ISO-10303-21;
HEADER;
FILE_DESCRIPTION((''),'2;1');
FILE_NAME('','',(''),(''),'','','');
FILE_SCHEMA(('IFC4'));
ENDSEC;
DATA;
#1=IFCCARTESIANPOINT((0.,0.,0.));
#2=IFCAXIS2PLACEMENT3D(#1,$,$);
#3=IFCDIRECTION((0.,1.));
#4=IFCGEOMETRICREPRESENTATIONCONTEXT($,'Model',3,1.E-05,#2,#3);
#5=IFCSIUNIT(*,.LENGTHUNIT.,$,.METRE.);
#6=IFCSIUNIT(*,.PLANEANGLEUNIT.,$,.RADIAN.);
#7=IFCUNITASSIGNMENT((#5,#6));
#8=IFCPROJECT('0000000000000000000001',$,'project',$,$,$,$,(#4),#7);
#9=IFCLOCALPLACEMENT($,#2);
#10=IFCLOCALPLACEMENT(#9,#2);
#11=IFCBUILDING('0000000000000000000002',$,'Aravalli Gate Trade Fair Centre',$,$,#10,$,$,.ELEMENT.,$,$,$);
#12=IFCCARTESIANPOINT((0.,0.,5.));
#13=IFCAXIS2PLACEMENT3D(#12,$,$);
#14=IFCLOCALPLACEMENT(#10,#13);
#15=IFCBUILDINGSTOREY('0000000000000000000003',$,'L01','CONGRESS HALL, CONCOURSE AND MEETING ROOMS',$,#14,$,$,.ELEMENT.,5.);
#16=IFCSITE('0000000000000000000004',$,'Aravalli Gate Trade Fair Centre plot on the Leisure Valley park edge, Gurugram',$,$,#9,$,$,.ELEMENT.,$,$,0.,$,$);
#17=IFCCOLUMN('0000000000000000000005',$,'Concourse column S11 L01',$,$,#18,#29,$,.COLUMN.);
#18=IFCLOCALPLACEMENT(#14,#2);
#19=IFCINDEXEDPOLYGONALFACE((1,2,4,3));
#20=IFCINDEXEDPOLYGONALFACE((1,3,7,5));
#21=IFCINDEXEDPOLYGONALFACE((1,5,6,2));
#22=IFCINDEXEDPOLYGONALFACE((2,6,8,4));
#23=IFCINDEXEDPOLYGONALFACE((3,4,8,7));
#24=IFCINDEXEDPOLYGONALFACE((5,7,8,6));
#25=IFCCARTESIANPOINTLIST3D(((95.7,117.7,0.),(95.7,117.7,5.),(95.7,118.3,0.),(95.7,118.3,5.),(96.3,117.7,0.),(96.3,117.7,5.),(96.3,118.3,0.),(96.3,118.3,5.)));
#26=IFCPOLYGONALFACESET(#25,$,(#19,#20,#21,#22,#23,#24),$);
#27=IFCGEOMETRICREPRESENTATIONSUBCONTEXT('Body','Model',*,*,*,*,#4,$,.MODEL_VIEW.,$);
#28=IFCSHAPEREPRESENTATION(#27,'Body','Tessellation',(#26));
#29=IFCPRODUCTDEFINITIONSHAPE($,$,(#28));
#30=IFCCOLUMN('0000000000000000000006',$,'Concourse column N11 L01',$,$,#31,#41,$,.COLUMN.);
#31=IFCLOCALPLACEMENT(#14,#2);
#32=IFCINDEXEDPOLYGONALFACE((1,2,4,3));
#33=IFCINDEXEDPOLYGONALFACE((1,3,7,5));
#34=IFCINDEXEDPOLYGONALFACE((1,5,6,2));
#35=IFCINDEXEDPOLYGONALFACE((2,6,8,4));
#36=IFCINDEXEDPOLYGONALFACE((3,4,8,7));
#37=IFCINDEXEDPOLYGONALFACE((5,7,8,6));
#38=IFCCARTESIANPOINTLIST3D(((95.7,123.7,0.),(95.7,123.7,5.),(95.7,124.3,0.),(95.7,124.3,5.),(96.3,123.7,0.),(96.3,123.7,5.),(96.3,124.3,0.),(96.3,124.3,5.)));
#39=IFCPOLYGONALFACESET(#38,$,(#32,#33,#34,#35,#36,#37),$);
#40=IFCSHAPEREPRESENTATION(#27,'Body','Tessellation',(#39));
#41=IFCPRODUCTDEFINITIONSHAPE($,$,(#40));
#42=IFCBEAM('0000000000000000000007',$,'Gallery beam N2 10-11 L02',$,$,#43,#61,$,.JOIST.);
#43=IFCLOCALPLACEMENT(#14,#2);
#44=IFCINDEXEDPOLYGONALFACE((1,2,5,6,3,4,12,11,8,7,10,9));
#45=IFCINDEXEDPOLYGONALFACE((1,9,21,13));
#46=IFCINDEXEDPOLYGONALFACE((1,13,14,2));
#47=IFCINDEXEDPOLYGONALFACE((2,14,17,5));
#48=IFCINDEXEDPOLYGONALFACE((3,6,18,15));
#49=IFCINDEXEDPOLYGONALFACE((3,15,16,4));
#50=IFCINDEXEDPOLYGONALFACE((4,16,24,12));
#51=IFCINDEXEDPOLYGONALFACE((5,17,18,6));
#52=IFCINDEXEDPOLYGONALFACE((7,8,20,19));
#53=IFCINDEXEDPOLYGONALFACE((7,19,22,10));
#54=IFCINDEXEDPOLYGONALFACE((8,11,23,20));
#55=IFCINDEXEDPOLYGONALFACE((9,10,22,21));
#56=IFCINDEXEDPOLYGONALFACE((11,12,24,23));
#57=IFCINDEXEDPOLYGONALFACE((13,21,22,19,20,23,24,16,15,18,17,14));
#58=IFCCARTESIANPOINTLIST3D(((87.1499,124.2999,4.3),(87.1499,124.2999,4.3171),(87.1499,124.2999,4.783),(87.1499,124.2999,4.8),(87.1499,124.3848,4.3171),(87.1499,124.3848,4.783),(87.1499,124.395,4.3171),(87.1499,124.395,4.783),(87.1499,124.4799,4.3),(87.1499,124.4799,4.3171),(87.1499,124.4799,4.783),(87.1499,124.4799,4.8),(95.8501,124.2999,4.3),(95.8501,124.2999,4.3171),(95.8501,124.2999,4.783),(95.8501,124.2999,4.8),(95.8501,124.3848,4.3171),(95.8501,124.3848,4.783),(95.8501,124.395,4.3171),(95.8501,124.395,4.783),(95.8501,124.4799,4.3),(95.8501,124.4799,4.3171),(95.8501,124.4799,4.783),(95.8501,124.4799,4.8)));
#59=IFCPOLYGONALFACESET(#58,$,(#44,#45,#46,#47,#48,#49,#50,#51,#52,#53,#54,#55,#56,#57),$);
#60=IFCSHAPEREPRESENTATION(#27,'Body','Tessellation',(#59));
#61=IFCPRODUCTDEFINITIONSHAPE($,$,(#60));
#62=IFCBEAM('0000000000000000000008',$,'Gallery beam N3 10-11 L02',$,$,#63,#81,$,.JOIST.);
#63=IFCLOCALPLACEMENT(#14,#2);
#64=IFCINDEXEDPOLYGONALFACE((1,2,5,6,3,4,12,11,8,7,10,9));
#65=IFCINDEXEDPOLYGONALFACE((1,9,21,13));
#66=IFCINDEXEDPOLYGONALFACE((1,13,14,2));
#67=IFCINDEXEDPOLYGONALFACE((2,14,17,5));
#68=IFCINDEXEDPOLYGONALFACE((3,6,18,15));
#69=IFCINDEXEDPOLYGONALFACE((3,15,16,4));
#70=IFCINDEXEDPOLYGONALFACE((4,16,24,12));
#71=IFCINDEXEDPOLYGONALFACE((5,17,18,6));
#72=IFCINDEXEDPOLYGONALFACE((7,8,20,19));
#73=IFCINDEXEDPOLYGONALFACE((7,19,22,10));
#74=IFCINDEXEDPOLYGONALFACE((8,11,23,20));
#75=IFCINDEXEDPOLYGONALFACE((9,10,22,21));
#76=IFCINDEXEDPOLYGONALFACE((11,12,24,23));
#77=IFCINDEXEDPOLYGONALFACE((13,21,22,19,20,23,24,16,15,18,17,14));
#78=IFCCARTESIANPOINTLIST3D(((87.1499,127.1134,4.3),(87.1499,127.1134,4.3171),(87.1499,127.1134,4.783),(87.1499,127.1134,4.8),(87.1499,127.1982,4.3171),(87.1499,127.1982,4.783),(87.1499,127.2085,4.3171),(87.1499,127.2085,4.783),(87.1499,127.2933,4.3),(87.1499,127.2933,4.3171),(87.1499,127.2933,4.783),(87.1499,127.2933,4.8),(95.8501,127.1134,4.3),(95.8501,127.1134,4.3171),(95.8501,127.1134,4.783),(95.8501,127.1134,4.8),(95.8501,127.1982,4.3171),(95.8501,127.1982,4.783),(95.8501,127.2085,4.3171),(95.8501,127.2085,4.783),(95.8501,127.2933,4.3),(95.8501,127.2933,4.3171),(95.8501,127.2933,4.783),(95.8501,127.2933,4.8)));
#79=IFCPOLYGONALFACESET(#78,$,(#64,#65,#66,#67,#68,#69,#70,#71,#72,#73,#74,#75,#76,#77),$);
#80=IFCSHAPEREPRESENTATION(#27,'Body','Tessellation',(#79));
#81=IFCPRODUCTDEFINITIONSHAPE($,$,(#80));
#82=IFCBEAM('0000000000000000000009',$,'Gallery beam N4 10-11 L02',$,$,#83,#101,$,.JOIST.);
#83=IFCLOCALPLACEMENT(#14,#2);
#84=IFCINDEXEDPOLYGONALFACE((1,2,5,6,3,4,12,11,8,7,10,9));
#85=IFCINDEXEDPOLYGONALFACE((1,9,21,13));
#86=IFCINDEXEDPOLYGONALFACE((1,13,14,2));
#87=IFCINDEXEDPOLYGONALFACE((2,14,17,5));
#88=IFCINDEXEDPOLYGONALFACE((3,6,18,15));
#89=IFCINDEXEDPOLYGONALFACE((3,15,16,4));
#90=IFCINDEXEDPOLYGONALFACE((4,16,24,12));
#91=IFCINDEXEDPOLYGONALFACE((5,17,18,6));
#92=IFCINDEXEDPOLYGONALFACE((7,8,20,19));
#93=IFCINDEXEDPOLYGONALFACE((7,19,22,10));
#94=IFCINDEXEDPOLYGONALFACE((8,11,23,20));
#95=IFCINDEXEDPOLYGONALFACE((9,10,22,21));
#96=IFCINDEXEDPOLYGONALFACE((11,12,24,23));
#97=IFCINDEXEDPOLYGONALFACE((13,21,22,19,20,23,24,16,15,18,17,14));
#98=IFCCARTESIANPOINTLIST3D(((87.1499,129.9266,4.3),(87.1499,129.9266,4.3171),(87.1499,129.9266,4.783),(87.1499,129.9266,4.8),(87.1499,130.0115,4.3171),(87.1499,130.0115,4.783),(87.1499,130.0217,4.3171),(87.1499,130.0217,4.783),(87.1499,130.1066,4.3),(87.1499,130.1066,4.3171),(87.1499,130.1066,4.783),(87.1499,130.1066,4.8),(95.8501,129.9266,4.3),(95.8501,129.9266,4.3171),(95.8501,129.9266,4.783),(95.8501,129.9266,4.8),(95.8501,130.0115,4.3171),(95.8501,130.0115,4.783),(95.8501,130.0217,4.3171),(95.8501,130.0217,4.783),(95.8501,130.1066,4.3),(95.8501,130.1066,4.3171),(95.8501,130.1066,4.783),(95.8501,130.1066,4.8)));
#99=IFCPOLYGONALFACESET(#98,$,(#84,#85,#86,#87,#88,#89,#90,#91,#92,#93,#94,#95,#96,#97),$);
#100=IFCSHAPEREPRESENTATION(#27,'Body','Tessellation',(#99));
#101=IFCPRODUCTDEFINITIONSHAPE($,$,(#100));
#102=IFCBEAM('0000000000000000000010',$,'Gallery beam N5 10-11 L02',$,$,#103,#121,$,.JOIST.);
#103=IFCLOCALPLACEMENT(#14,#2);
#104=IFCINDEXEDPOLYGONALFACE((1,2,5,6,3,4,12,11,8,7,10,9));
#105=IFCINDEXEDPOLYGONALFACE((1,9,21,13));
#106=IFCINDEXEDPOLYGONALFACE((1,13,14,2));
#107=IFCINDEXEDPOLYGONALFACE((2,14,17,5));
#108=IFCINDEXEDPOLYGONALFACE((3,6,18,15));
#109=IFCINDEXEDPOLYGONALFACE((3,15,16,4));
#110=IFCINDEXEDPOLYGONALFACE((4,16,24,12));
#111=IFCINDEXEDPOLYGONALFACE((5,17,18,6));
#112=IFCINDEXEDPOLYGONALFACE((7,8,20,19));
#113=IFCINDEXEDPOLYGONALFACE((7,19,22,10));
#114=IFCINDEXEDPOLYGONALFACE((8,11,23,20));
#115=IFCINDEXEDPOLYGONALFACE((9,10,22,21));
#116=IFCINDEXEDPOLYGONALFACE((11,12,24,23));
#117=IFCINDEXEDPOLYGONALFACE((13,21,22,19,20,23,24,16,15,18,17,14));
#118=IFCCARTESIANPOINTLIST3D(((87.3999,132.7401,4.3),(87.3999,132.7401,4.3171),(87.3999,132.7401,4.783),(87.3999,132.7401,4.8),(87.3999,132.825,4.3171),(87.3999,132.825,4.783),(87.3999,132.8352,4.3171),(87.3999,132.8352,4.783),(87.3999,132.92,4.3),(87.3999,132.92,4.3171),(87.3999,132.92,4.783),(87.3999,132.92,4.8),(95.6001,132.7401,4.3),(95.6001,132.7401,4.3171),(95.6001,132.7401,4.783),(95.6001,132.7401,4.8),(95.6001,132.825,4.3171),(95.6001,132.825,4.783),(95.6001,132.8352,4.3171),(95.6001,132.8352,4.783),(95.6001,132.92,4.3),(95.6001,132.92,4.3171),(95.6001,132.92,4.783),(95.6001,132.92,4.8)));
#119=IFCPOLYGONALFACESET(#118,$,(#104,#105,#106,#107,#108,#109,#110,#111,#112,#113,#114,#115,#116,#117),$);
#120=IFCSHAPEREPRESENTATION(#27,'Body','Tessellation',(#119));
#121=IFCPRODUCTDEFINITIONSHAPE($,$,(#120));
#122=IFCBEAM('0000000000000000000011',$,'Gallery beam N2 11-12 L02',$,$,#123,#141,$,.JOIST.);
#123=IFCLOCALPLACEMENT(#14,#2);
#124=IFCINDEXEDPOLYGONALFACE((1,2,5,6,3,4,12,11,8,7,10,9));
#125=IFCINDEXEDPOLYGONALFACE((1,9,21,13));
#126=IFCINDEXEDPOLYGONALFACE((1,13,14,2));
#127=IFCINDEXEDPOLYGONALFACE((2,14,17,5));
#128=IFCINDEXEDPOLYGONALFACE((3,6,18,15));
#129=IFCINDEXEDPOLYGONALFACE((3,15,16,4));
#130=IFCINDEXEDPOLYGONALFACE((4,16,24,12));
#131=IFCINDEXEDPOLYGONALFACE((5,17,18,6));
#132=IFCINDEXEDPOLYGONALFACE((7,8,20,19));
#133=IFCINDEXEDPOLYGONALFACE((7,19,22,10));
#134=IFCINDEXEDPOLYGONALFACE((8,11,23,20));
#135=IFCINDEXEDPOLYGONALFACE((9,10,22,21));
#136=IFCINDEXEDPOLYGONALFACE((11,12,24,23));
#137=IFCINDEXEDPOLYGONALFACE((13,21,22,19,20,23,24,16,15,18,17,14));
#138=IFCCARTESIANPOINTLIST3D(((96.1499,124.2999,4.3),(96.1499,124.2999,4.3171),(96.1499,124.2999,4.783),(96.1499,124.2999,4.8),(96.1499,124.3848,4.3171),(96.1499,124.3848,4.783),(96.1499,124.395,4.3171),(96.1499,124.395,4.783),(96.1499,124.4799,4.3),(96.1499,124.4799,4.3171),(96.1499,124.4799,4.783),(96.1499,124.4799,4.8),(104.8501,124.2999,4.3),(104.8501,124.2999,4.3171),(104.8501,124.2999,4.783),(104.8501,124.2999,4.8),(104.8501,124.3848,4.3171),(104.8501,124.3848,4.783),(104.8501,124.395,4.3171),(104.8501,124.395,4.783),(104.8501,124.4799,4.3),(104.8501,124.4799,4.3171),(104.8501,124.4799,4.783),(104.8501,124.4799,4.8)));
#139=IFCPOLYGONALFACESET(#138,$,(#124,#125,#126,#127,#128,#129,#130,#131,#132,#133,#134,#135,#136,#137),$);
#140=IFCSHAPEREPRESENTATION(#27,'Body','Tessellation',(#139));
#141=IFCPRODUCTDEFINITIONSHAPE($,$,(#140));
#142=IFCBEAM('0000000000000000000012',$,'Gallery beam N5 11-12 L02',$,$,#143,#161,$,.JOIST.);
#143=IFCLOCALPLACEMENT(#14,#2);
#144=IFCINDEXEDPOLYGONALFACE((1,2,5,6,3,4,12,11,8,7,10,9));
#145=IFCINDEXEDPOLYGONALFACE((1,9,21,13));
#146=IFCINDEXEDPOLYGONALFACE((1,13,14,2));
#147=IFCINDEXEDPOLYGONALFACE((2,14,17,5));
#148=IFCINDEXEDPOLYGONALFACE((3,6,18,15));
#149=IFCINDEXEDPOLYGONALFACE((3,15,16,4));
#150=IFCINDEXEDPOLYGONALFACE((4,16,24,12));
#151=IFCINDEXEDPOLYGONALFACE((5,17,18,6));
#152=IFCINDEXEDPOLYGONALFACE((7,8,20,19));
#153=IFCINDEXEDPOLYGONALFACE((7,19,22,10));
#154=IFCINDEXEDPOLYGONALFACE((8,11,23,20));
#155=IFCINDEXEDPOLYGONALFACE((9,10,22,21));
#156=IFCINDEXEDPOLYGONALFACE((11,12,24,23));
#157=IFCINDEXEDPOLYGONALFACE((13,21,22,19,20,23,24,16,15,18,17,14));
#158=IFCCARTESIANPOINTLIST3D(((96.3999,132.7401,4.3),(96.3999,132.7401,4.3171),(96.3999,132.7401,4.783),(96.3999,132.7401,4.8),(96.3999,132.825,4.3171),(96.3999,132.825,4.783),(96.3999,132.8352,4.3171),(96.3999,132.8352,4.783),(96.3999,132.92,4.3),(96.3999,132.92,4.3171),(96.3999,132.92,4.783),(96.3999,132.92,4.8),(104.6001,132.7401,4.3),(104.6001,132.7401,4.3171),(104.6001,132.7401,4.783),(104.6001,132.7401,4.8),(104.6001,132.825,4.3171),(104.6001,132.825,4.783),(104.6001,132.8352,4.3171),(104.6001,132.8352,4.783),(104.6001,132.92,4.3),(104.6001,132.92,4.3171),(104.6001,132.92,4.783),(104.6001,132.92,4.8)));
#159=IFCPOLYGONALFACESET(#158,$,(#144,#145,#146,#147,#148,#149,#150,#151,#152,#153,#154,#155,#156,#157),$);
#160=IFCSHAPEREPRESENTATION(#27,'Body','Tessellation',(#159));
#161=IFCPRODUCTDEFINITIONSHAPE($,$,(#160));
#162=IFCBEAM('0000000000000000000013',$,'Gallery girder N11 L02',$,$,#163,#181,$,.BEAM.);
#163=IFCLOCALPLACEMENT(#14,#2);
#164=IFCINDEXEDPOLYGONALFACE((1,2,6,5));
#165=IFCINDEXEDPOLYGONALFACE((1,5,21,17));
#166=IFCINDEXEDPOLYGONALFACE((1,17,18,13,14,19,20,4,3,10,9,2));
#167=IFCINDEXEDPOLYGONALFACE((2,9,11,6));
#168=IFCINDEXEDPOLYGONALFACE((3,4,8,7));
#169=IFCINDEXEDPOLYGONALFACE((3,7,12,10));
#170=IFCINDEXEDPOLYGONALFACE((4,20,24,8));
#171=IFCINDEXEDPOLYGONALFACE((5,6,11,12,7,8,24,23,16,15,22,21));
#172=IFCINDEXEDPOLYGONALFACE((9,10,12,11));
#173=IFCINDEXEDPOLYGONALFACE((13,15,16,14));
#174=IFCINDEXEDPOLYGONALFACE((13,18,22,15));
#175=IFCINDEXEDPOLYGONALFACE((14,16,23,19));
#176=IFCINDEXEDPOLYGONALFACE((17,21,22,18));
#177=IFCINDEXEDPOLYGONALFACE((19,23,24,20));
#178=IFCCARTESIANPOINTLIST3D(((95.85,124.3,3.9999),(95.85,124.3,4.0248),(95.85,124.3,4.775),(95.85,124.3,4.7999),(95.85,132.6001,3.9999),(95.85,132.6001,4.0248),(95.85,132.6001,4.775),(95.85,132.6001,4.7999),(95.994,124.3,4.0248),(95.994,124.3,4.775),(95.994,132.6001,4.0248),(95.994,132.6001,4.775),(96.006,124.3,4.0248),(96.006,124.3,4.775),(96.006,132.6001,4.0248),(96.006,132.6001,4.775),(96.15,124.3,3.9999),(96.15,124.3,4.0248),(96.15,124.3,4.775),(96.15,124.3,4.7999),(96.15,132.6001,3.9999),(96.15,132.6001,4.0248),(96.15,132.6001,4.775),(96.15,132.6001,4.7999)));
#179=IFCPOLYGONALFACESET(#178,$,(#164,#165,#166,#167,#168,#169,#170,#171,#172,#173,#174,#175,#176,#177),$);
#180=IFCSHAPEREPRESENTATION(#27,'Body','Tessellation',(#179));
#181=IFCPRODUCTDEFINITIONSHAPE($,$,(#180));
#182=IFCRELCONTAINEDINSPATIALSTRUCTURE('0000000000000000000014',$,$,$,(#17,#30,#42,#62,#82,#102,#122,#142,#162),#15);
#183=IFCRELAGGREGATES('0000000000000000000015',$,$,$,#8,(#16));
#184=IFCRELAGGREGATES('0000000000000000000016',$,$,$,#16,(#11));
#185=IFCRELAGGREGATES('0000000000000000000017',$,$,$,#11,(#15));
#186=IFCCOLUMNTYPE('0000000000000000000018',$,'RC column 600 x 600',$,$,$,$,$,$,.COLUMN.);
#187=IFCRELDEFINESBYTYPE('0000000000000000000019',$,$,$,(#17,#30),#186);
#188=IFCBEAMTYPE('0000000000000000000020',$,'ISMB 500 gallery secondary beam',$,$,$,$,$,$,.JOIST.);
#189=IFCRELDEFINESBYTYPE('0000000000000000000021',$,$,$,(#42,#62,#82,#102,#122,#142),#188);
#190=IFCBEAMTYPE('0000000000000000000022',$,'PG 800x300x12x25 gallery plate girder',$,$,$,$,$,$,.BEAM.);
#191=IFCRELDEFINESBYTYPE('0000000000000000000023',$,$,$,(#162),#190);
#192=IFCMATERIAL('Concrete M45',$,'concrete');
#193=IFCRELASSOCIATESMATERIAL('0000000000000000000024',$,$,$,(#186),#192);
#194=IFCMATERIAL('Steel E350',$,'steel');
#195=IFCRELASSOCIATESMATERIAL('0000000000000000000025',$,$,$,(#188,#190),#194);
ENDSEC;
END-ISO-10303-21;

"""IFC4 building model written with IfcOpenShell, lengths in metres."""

from ifc_helpers import new_model, si_unit, direction, frame, origin, origin_2d, place, context, subcontext, project, spatial, rectangle, i_section, extrude, material, material_profile, profile_set, type_object, element, save


model = new_model("IFC4")

# Units and contexts
model_context = context("Model", 3, precision=1e-05, world=origin(), true_north=direction((0.0, 1.0)))
body_context = subcontext(model_context, "Body", "Model", "MODEL_VIEW")
ifc_project = project(units=[si_unit("LENGTHUNIT", "METRE"), si_unit("PLANEANGLEUNIT", "RADIAN")], contexts=[model_context])

# Site, building, storey
site_placement = place(None, origin())
site = spatial("IfcSite", under=ifc_project, at=site_placement, Name="Aravalli Gate Trade Fair Centre plot on the Leisure Valley park edge, Gurugram", CompositionType="ELEMENT", RefElevation=0.0)
building_placement = place(site_placement, origin())
building = spatial("IfcBuilding", under=site, at=building_placement, Name="Aravalli Gate Trade Fair Centre", CompositionType="ELEMENT")
storey_placement = place(building_placement, frame((0.0, 0.0, 5.0)))
storey = spatial("IfcBuildingStorey", under=building, at=storey_placement, Name="L01", Description="CONGRESS HALL, CONCOURSE AND MEETING ROOMS", CompositionType="ELEMENT", Elevation=5.0)

# Columns
ifc_material_1 = material(Name="Concrete M45", Category="concrete")
ifc_material_profile_1 = material_profile(ifc_material_1, rectangle(XDim=0.6001, YDim=0.6001, at=origin_2d()), Name="RC column 600 x 600")
ifc_profile_set_1 = profile_set([ifc_material_profile_1], Name="Concrete M45")
column_type = type_object("IfcColumnType", Name="RC column 600 x 600", PredefinedType="COLUMN", material=ifc_profile_set_1)
for number, where, z_axis, x_axis, name in (
    (1, (96.0, 118.0, 0.0), (0.0, 0.0, 1.0), (1.0, 0.0, 0.0), "Concourse column S11 L01"),
    (2, (96.0, 124.0, 0.0), (0.0, 0.0, 1.0), (1.0, 0.0, 0.0), "Concourse column N11 L01"),
):
    element("IfcColumn", number, at=place(storey_placement, frame(where, z_axis=z_axis, x_axis=x_axis)), inside=storey, type_object=column_type, Name=name, PredefinedType="COLUMN", context=body_context, shape_type="SweptSolid", body=[
        extrude(rectangle(XDim=0.6001, YDim=0.6001, at=origin_2d()), origin(), (0.0, 0.0, 1.0), 5.0),
    ])

# Beams
ifc_material_2 = material(Name="Steel E350", Category="steel")
ifc_material_profile_2 = material_profile(ifc_material_2, i_section(OverallWidth=0.1799, OverallDepth=0.5, WebThickness=0.0103, FlangeThickness=0.0171, at=origin_2d()), Name="ISMB 500")
ifc_profile_set_2 = profile_set([ifc_material_profile_2], Name="Steel E350")
beam_type_1 = type_object("IfcBeamType", Name="ISMB 500 gallery secondary beam", PredefinedType="JOIST", material=ifc_profile_set_2)
for number, where, z_axis, x_axis, name in (
    (3, (87.1499, 124.3899, 4.55), (1.0, 0.0, 0.0), (0.0, 1.0, 0.0), "Gallery beam N2 10-11 L02"),
    (4, (87.1499, 127.2034, 4.55), (1.0, 0.0, 0.0), (0.0, 1.0, 0.0), "Gallery beam N3 10-11 L02"),
    (5, (87.1499, 130.0166, 4.55), (1.0, 0.0, 0.0), (0.0, 1.0, 0.0), "Gallery beam N4 10-11 L02"),
):
    element("IfcBeam", number, at=place(storey_placement, frame(where, z_axis=z_axis, x_axis=x_axis)), inside=storey, type_object=beam_type_1, Name=name, PredefinedType="JOIST", context=body_context, shape_type="SweptSolid", body=[
        extrude(i_section(OverallWidth=0.1799, OverallDepth=0.5, WebThickness=0.0103, FlangeThickness=0.0171, at=origin_2d()), origin(), (0.0, 0.0, 1.0), 8.7002),
    ])
beam_1_placement = place(storey_placement, frame((87.3999, 132.8301, 4.55), z_axis=(1.0, 0.0, 0.0), x_axis=(0.0, 1.0, 0.0)))
element("IfcBeam", 6, at=beam_1_placement, inside=storey, type_object=beam_type_1, Name="Gallery beam N5 10-11 L02", PredefinedType="JOIST", context=body_context, shape_type="SweptSolid", body=[
    extrude(i_section(OverallWidth=0.1799, OverallDepth=0.5, WebThickness=0.0103, FlangeThickness=0.0171, at=origin_2d()), origin(), (0.0, 0.0, 1.0), 8.2002),
])
beam_2_placement = place(storey_placement, frame((96.1499, 124.3899, 4.55), z_axis=(1.0, 0.0, 0.0), x_axis=(0.0, 1.0, 0.0)))
element("IfcBeam", 7, at=beam_2_placement, inside=storey, type_object=beam_type_1, Name="Gallery beam N2 11-12 L02", PredefinedType="JOIST", context=body_context, shape_type="SweptSolid", body=[
    extrude(i_section(OverallWidth=0.1799, OverallDepth=0.5, WebThickness=0.0103, FlangeThickness=0.0171, at=origin_2d()), origin(), (0.0, 0.0, 1.0), 8.7002),
])
beam_3_placement = place(storey_placement, frame((96.3999, 132.8301, 4.55), z_axis=(1.0, 0.0, 0.0), x_axis=(0.0, 1.0, 0.0)))
element("IfcBeam", 8, at=beam_3_placement, inside=storey, type_object=beam_type_1, Name="Gallery beam N5 11-12 L02", PredefinedType="JOIST", context=body_context, shape_type="SweptSolid", body=[
    extrude(i_section(OverallWidth=0.1799, OverallDepth=0.5, WebThickness=0.0103, FlangeThickness=0.0171, at=origin_2d()), origin(), (0.0, 0.0, 1.0), 8.2002),
])
ifc_material_profile_3 = material_profile(ifc_material_2, i_section(OverallWidth=0.3, OverallDepth=0.8, WebThickness=0.012, FlangeThickness=0.0249, at=origin_2d()), Name="PG 800x300x12x25")
ifc_profile_set_3 = profile_set([ifc_material_profile_3], Name="Steel E350")
beam_type_2 = type_object("IfcBeamType", Name="PG 800x300x12x25 gallery plate girder", PredefinedType="BEAM", material=ifc_profile_set_3)
beam_4_placement = place(storey_placement, frame((96.0, 124.3, 4.3999), z_axis=(0.0, 1.0, 0.0), x_axis=(-1.0, 0.0, 0.0)))
element("IfcBeam", 9, at=beam_4_placement, inside=storey, type_object=beam_type_2, Name="Gallery girder N11 L02", PredefinedType="BEAM", context=body_context, shape_type="SweptSolid", body=[
    extrude(i_section(OverallWidth=0.3, OverallDepth=0.8, WebThickness=0.012, FlangeThickness=0.0249, at=origin_2d()), origin(), (0.0, 0.0, 1.0), 8.3),
])

save(model, "model.ifc")
